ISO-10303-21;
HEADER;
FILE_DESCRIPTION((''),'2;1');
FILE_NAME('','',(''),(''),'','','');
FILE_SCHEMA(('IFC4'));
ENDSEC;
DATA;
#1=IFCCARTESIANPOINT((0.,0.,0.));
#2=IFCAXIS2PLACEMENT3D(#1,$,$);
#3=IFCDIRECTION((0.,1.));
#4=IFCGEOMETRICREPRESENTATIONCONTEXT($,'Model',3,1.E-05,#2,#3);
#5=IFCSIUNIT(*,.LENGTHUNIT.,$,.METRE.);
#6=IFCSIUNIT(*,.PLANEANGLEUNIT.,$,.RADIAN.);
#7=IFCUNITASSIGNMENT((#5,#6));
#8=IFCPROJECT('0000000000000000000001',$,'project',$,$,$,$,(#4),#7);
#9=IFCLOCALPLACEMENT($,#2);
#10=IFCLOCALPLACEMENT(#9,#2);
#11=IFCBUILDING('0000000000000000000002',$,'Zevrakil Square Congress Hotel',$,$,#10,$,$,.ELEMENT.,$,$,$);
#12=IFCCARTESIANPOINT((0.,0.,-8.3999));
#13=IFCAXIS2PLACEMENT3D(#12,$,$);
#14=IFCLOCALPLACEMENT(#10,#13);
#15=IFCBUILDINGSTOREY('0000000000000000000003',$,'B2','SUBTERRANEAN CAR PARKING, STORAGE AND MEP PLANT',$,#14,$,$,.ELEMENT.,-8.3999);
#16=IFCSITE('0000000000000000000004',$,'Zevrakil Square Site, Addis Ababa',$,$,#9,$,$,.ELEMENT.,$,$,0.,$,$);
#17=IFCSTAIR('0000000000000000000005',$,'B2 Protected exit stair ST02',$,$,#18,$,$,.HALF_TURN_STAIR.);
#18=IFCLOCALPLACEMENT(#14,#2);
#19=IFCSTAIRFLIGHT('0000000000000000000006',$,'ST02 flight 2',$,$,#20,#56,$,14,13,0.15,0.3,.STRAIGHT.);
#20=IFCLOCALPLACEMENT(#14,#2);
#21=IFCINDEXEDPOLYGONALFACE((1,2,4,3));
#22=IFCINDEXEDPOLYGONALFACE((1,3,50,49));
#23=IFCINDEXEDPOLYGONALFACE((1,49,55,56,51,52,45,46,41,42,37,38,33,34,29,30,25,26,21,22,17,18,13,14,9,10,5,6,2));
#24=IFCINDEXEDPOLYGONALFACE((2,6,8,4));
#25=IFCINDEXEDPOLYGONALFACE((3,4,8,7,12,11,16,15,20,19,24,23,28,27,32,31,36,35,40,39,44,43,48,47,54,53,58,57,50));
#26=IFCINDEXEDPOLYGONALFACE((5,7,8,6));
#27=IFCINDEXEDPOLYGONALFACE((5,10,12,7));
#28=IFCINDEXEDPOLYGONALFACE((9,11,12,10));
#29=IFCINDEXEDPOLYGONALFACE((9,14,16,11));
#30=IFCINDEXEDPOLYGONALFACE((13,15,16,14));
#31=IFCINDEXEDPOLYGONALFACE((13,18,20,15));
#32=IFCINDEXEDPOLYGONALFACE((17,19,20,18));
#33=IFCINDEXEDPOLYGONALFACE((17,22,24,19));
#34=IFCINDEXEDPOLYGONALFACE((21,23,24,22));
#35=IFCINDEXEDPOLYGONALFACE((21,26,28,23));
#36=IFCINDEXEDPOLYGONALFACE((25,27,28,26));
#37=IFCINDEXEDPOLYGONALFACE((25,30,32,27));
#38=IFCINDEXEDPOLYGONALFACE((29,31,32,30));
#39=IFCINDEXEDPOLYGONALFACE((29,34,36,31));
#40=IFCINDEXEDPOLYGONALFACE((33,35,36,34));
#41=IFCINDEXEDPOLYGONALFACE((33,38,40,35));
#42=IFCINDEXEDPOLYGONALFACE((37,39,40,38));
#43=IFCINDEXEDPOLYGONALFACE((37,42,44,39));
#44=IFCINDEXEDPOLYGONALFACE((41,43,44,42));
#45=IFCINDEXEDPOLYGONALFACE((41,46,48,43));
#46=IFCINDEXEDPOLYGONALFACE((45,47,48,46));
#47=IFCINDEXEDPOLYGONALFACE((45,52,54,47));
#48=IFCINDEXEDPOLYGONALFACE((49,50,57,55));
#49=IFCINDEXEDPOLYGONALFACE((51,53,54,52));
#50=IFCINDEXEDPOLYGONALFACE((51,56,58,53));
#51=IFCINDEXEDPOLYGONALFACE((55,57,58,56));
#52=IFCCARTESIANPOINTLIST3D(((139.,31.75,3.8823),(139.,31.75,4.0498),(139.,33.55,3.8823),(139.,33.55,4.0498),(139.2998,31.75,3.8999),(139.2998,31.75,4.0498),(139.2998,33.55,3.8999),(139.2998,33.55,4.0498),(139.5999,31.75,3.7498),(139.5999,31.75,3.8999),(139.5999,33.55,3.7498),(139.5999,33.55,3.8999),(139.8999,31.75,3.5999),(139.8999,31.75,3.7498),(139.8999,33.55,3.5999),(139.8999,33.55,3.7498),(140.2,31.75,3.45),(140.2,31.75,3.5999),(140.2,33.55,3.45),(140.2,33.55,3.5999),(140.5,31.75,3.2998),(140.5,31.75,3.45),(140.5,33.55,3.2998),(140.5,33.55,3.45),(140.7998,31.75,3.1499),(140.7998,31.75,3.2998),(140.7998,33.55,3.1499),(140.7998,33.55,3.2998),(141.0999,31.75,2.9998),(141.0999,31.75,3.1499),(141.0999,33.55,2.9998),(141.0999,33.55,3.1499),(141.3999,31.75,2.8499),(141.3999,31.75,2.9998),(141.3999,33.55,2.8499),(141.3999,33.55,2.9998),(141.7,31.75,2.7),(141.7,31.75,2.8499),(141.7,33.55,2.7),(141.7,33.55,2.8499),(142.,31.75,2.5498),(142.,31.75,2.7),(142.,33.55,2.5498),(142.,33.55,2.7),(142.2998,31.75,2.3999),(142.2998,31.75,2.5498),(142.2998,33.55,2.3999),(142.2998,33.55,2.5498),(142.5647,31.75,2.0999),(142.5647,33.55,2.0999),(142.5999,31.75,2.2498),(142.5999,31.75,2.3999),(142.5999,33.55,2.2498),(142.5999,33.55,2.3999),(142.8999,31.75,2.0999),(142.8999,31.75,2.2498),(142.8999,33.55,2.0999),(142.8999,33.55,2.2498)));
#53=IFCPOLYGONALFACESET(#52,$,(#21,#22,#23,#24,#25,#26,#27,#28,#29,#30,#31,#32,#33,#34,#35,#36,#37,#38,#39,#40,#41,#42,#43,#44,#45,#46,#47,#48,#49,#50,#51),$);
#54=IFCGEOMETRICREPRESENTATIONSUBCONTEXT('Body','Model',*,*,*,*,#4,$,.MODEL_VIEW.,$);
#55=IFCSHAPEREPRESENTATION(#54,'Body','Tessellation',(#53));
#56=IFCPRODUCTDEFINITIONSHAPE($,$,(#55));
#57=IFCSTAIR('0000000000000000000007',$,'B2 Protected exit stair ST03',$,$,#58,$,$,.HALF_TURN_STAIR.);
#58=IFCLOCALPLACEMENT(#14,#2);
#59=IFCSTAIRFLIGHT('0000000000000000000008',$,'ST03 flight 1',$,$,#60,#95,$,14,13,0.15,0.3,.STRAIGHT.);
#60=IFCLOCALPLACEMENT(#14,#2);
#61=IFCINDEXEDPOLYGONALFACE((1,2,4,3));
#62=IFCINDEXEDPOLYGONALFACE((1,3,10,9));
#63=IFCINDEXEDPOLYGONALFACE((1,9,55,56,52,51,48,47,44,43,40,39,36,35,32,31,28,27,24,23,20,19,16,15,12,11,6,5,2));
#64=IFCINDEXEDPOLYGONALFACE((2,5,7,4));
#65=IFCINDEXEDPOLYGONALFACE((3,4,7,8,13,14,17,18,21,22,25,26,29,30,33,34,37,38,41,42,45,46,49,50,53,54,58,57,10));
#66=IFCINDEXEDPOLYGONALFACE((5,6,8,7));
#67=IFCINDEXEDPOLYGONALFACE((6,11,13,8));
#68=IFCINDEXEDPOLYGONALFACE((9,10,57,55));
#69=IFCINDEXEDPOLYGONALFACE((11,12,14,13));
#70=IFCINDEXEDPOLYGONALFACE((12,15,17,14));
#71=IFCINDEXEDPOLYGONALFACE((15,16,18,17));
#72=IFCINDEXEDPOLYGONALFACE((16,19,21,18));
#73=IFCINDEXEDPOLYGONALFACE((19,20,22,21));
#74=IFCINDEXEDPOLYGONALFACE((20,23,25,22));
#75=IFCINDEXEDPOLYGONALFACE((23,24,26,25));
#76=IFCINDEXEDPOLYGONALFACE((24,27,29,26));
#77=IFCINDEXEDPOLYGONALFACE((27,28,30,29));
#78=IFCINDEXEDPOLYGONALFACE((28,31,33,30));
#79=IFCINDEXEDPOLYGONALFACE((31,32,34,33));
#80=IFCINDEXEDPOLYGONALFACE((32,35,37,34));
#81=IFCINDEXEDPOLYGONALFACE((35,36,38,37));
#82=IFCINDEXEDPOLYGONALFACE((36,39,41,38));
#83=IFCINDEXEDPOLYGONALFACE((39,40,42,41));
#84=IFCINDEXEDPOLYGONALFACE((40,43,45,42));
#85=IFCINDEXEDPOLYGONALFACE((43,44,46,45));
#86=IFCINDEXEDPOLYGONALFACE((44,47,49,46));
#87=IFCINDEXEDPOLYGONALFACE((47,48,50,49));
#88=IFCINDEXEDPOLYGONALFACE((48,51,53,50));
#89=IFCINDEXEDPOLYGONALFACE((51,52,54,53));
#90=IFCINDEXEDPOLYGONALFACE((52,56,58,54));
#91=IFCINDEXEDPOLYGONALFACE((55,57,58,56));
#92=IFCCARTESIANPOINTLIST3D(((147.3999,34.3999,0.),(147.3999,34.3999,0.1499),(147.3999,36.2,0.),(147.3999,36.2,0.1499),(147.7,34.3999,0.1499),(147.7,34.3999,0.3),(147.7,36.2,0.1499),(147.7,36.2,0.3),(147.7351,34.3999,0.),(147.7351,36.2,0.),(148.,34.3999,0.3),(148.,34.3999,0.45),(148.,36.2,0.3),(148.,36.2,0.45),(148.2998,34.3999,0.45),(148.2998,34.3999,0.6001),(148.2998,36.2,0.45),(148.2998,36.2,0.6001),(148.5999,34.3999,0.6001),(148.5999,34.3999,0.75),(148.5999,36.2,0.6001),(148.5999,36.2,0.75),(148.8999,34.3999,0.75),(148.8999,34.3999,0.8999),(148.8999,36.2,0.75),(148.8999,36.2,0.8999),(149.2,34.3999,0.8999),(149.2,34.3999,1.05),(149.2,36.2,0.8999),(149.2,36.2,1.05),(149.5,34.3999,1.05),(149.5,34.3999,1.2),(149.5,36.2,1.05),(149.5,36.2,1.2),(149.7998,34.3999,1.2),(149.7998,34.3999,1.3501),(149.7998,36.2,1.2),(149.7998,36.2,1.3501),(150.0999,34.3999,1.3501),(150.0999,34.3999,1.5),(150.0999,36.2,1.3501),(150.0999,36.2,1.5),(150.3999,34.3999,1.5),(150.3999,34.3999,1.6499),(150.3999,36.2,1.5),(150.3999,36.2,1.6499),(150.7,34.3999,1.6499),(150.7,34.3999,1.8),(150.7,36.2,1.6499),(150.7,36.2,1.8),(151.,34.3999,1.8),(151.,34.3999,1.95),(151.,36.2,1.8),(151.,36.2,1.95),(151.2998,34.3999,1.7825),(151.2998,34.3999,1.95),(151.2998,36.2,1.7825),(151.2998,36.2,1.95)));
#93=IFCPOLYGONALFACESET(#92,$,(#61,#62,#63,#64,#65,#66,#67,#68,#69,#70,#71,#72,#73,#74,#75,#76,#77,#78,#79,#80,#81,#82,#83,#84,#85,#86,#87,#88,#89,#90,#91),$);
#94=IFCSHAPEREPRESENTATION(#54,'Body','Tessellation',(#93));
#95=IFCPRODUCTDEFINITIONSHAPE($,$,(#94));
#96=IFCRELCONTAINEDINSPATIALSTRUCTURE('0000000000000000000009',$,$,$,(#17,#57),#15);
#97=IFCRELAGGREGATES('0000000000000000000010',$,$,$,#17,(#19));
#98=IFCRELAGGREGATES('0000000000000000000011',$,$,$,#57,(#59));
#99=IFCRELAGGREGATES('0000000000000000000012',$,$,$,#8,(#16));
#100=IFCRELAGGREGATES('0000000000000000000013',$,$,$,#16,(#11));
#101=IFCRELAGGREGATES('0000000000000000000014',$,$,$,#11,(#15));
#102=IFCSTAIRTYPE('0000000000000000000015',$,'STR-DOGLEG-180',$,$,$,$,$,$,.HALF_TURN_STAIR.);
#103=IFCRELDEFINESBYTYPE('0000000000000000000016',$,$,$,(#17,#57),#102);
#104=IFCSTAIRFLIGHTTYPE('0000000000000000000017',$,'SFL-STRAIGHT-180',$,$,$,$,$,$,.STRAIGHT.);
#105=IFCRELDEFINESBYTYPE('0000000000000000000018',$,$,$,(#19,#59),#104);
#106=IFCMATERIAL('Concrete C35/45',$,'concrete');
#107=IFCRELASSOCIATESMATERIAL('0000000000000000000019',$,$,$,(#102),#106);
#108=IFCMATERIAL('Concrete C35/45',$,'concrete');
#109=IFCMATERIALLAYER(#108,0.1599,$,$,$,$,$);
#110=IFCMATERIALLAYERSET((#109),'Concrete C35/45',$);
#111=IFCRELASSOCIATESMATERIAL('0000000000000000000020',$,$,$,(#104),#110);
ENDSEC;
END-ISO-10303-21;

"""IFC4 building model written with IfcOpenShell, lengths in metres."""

from ifc_helpers import new_model, si_unit, direction, frame, origin, place, context, subcontext, project, spatial, polyline, outline, extrude, material, layer, layer_set, type_object, element, aggregate, save


model = new_model("IFC4")

# Units and contexts
model_context = context("Model", 3, precision=1e-05, world=origin(), true_north=direction((0.0, 1.0)))
body_context = subcontext(model_context, "Body", "Model", "MODEL_VIEW")
ifc_project = project(units=[si_unit("LENGTHUNIT", "METRE"), si_unit("PLANEANGLEUNIT", "RADIAN")], contexts=[model_context])

# Site, building, storey
site_placement = place(None, origin())
site = spatial("IfcSite", under=ifc_project, at=site_placement, Name="Zevrakil Square Site, Addis Ababa", CompositionType="ELEMENT", RefElevation=0.0)
building_placement = place(site_placement, origin())
building = spatial("IfcBuilding", under=site, at=building_placement, Name="Zevrakil Square Congress Hotel", CompositionType="ELEMENT")
storey_placement = place(building_placement, frame((0.0, 0.0, -8.3999)))
storey = spatial("IfcBuildingStorey", under=building, at=storey_placement, Name="B2", Description="SUBTERRANEAN CAR PARKING, STORAGE AND MEP PLANT", CompositionType="ELEMENT", Elevation=-8.3999)

# Stair, stair flight
ifc_material_1 = material(Name="Concrete C35/45", Category="concrete")
stair_type = type_object("IfcStairType", Name="STR-DOGLEG-180", PredefinedType="HALF_TURN_STAIR", material=ifc_material_1)
stair_1_placement = place(storey_placement, origin())
stair_1 = element("IfcStair", 1, at=stair_1_placement, inside=storey, type_object=stair_type, Name="B2 Protected exit stair ST02", PredefinedType="HALF_TURN_STAIR")
ifc_material_2 = material(Name="Concrete C35/45", Category="concrete")
ifc_layer_1 = layer(ifc_material_2, 0.1599)
ifc_layer_set_1 = layer_set([ifc_layer_1], Name="Concrete C35/45")
stair_flight_type = type_object("IfcStairFlightType", Name="SFL-STRAIGHT-180", PredefinedType="STRAIGHT", material=ifc_layer_set_1)
stair_flight_1_placement = place(storey_placement, frame((142.8999, 32.6499, 2.0999), z_axis=(0.0, 0.0, 1.0), x_axis=(-1.0, 0.0, 0.0)))
stair_flight_1 = element("IfcStairFlight", 2, at=stair_flight_1_placement, type_object=stair_flight_type, Name="ST02 flight 2", NumberOfRisers=14, NumberOfTreads=13, PredefinedType="STRAIGHT", RiserHeight=0.15, TreadLength=0.3, context=body_context, shape_type="SweptSolid", body=[
    extrude(outline(polyline([(0.0, 0.0), (0.0, 0.1499), (0.3, 0.1499), (0.3, 0.3), (0.6001, 0.3), (0.6001, 0.45), (0.8999, 0.45), (0.8999, 0.6001), (1.2, 0.6001), (1.2, 0.75), (1.5, 0.75), (1.5, 0.8999), (1.8, 0.8999), (1.8, 1.05), (2.1001, 1.05), (2.1001, 1.2), (2.3999, 1.2), (2.3999, 1.3501), (2.7, 1.3501), (2.7, 1.5), (3.0, 1.5), (3.0, 1.6499), (3.3, 1.6499), (3.3, 1.8), (3.6001, 1.8), (3.6001, 1.95), (3.8999, 1.95), (3.8999, 2.1001), (3.8999, 1.7825), (0.3352, 0.0), (0.0, 0.0)])), frame((0.0, 0.8999, 0.0), z_axis=(0.0, -1.0, 0.0), x_axis=(1.0, 0.0, 0.0)), (0.0, 0.0, 1.0), 1.8),
])
aggregate(stair_1, [stair_flight_1])

# Stair, stair flight
stair_2_placement = place(storey_placement, origin())
stair_2 = element("IfcStair", 3, at=stair_2_placement, inside=storey, type_object=stair_type, Name="B2 Protected exit stair ST03", PredefinedType="HALF_TURN_STAIR")
stair_flight_2_placement = place(storey_placement, frame((147.3999, 35.3, 0.0), z_axis=(0.0, 0.0, 1.0), x_axis=(1.0, 0.0, 0.0)))
stair_flight_2 = element("IfcStairFlight", 4, at=stair_flight_2_placement, type_object=stair_flight_type, Name="ST03 flight 1", NumberOfRisers=14, NumberOfTreads=13, PredefinedType="STRAIGHT", RiserHeight=0.15, TreadLength=0.3, context=body_context, shape_type="SweptSolid", body=[
    extrude(outline(polyline([(0.0, 0.0), (0.0, 0.1499), (0.3, 0.1499), (0.3, 0.3), (0.6001, 0.3), (0.6001, 0.45), (0.8999, 0.45), (0.8999, 0.6001), (1.2, 0.6001), (1.2, 0.75), (1.5, 0.75), (1.5, 0.8999), (1.8, 0.8999), (1.8, 1.05), (2.1001, 1.05), (2.1001, 1.2), (2.3999, 1.2), (2.3999, 1.3501), (2.7, 1.3501), (2.7, 1.5), (3.0, 1.5), (3.0, 1.6499), (3.3, 1.6499), (3.3, 1.8), (3.6001, 1.8), (3.6001, 1.95), (3.8999, 1.95), (3.8999, 2.1001), (3.8999, 1.7825), (0.3352, 0.0), (0.0, 0.0)])), frame((0.0, 0.8999, 0.0), z_axis=(0.0, -1.0, 0.0), x_axis=(1.0, 0.0, 0.0)), (0.0, 0.0, 1.0), 1.8),
])
aggregate(stair_2, [stair_flight_2])

save(model, "model.ifc")
